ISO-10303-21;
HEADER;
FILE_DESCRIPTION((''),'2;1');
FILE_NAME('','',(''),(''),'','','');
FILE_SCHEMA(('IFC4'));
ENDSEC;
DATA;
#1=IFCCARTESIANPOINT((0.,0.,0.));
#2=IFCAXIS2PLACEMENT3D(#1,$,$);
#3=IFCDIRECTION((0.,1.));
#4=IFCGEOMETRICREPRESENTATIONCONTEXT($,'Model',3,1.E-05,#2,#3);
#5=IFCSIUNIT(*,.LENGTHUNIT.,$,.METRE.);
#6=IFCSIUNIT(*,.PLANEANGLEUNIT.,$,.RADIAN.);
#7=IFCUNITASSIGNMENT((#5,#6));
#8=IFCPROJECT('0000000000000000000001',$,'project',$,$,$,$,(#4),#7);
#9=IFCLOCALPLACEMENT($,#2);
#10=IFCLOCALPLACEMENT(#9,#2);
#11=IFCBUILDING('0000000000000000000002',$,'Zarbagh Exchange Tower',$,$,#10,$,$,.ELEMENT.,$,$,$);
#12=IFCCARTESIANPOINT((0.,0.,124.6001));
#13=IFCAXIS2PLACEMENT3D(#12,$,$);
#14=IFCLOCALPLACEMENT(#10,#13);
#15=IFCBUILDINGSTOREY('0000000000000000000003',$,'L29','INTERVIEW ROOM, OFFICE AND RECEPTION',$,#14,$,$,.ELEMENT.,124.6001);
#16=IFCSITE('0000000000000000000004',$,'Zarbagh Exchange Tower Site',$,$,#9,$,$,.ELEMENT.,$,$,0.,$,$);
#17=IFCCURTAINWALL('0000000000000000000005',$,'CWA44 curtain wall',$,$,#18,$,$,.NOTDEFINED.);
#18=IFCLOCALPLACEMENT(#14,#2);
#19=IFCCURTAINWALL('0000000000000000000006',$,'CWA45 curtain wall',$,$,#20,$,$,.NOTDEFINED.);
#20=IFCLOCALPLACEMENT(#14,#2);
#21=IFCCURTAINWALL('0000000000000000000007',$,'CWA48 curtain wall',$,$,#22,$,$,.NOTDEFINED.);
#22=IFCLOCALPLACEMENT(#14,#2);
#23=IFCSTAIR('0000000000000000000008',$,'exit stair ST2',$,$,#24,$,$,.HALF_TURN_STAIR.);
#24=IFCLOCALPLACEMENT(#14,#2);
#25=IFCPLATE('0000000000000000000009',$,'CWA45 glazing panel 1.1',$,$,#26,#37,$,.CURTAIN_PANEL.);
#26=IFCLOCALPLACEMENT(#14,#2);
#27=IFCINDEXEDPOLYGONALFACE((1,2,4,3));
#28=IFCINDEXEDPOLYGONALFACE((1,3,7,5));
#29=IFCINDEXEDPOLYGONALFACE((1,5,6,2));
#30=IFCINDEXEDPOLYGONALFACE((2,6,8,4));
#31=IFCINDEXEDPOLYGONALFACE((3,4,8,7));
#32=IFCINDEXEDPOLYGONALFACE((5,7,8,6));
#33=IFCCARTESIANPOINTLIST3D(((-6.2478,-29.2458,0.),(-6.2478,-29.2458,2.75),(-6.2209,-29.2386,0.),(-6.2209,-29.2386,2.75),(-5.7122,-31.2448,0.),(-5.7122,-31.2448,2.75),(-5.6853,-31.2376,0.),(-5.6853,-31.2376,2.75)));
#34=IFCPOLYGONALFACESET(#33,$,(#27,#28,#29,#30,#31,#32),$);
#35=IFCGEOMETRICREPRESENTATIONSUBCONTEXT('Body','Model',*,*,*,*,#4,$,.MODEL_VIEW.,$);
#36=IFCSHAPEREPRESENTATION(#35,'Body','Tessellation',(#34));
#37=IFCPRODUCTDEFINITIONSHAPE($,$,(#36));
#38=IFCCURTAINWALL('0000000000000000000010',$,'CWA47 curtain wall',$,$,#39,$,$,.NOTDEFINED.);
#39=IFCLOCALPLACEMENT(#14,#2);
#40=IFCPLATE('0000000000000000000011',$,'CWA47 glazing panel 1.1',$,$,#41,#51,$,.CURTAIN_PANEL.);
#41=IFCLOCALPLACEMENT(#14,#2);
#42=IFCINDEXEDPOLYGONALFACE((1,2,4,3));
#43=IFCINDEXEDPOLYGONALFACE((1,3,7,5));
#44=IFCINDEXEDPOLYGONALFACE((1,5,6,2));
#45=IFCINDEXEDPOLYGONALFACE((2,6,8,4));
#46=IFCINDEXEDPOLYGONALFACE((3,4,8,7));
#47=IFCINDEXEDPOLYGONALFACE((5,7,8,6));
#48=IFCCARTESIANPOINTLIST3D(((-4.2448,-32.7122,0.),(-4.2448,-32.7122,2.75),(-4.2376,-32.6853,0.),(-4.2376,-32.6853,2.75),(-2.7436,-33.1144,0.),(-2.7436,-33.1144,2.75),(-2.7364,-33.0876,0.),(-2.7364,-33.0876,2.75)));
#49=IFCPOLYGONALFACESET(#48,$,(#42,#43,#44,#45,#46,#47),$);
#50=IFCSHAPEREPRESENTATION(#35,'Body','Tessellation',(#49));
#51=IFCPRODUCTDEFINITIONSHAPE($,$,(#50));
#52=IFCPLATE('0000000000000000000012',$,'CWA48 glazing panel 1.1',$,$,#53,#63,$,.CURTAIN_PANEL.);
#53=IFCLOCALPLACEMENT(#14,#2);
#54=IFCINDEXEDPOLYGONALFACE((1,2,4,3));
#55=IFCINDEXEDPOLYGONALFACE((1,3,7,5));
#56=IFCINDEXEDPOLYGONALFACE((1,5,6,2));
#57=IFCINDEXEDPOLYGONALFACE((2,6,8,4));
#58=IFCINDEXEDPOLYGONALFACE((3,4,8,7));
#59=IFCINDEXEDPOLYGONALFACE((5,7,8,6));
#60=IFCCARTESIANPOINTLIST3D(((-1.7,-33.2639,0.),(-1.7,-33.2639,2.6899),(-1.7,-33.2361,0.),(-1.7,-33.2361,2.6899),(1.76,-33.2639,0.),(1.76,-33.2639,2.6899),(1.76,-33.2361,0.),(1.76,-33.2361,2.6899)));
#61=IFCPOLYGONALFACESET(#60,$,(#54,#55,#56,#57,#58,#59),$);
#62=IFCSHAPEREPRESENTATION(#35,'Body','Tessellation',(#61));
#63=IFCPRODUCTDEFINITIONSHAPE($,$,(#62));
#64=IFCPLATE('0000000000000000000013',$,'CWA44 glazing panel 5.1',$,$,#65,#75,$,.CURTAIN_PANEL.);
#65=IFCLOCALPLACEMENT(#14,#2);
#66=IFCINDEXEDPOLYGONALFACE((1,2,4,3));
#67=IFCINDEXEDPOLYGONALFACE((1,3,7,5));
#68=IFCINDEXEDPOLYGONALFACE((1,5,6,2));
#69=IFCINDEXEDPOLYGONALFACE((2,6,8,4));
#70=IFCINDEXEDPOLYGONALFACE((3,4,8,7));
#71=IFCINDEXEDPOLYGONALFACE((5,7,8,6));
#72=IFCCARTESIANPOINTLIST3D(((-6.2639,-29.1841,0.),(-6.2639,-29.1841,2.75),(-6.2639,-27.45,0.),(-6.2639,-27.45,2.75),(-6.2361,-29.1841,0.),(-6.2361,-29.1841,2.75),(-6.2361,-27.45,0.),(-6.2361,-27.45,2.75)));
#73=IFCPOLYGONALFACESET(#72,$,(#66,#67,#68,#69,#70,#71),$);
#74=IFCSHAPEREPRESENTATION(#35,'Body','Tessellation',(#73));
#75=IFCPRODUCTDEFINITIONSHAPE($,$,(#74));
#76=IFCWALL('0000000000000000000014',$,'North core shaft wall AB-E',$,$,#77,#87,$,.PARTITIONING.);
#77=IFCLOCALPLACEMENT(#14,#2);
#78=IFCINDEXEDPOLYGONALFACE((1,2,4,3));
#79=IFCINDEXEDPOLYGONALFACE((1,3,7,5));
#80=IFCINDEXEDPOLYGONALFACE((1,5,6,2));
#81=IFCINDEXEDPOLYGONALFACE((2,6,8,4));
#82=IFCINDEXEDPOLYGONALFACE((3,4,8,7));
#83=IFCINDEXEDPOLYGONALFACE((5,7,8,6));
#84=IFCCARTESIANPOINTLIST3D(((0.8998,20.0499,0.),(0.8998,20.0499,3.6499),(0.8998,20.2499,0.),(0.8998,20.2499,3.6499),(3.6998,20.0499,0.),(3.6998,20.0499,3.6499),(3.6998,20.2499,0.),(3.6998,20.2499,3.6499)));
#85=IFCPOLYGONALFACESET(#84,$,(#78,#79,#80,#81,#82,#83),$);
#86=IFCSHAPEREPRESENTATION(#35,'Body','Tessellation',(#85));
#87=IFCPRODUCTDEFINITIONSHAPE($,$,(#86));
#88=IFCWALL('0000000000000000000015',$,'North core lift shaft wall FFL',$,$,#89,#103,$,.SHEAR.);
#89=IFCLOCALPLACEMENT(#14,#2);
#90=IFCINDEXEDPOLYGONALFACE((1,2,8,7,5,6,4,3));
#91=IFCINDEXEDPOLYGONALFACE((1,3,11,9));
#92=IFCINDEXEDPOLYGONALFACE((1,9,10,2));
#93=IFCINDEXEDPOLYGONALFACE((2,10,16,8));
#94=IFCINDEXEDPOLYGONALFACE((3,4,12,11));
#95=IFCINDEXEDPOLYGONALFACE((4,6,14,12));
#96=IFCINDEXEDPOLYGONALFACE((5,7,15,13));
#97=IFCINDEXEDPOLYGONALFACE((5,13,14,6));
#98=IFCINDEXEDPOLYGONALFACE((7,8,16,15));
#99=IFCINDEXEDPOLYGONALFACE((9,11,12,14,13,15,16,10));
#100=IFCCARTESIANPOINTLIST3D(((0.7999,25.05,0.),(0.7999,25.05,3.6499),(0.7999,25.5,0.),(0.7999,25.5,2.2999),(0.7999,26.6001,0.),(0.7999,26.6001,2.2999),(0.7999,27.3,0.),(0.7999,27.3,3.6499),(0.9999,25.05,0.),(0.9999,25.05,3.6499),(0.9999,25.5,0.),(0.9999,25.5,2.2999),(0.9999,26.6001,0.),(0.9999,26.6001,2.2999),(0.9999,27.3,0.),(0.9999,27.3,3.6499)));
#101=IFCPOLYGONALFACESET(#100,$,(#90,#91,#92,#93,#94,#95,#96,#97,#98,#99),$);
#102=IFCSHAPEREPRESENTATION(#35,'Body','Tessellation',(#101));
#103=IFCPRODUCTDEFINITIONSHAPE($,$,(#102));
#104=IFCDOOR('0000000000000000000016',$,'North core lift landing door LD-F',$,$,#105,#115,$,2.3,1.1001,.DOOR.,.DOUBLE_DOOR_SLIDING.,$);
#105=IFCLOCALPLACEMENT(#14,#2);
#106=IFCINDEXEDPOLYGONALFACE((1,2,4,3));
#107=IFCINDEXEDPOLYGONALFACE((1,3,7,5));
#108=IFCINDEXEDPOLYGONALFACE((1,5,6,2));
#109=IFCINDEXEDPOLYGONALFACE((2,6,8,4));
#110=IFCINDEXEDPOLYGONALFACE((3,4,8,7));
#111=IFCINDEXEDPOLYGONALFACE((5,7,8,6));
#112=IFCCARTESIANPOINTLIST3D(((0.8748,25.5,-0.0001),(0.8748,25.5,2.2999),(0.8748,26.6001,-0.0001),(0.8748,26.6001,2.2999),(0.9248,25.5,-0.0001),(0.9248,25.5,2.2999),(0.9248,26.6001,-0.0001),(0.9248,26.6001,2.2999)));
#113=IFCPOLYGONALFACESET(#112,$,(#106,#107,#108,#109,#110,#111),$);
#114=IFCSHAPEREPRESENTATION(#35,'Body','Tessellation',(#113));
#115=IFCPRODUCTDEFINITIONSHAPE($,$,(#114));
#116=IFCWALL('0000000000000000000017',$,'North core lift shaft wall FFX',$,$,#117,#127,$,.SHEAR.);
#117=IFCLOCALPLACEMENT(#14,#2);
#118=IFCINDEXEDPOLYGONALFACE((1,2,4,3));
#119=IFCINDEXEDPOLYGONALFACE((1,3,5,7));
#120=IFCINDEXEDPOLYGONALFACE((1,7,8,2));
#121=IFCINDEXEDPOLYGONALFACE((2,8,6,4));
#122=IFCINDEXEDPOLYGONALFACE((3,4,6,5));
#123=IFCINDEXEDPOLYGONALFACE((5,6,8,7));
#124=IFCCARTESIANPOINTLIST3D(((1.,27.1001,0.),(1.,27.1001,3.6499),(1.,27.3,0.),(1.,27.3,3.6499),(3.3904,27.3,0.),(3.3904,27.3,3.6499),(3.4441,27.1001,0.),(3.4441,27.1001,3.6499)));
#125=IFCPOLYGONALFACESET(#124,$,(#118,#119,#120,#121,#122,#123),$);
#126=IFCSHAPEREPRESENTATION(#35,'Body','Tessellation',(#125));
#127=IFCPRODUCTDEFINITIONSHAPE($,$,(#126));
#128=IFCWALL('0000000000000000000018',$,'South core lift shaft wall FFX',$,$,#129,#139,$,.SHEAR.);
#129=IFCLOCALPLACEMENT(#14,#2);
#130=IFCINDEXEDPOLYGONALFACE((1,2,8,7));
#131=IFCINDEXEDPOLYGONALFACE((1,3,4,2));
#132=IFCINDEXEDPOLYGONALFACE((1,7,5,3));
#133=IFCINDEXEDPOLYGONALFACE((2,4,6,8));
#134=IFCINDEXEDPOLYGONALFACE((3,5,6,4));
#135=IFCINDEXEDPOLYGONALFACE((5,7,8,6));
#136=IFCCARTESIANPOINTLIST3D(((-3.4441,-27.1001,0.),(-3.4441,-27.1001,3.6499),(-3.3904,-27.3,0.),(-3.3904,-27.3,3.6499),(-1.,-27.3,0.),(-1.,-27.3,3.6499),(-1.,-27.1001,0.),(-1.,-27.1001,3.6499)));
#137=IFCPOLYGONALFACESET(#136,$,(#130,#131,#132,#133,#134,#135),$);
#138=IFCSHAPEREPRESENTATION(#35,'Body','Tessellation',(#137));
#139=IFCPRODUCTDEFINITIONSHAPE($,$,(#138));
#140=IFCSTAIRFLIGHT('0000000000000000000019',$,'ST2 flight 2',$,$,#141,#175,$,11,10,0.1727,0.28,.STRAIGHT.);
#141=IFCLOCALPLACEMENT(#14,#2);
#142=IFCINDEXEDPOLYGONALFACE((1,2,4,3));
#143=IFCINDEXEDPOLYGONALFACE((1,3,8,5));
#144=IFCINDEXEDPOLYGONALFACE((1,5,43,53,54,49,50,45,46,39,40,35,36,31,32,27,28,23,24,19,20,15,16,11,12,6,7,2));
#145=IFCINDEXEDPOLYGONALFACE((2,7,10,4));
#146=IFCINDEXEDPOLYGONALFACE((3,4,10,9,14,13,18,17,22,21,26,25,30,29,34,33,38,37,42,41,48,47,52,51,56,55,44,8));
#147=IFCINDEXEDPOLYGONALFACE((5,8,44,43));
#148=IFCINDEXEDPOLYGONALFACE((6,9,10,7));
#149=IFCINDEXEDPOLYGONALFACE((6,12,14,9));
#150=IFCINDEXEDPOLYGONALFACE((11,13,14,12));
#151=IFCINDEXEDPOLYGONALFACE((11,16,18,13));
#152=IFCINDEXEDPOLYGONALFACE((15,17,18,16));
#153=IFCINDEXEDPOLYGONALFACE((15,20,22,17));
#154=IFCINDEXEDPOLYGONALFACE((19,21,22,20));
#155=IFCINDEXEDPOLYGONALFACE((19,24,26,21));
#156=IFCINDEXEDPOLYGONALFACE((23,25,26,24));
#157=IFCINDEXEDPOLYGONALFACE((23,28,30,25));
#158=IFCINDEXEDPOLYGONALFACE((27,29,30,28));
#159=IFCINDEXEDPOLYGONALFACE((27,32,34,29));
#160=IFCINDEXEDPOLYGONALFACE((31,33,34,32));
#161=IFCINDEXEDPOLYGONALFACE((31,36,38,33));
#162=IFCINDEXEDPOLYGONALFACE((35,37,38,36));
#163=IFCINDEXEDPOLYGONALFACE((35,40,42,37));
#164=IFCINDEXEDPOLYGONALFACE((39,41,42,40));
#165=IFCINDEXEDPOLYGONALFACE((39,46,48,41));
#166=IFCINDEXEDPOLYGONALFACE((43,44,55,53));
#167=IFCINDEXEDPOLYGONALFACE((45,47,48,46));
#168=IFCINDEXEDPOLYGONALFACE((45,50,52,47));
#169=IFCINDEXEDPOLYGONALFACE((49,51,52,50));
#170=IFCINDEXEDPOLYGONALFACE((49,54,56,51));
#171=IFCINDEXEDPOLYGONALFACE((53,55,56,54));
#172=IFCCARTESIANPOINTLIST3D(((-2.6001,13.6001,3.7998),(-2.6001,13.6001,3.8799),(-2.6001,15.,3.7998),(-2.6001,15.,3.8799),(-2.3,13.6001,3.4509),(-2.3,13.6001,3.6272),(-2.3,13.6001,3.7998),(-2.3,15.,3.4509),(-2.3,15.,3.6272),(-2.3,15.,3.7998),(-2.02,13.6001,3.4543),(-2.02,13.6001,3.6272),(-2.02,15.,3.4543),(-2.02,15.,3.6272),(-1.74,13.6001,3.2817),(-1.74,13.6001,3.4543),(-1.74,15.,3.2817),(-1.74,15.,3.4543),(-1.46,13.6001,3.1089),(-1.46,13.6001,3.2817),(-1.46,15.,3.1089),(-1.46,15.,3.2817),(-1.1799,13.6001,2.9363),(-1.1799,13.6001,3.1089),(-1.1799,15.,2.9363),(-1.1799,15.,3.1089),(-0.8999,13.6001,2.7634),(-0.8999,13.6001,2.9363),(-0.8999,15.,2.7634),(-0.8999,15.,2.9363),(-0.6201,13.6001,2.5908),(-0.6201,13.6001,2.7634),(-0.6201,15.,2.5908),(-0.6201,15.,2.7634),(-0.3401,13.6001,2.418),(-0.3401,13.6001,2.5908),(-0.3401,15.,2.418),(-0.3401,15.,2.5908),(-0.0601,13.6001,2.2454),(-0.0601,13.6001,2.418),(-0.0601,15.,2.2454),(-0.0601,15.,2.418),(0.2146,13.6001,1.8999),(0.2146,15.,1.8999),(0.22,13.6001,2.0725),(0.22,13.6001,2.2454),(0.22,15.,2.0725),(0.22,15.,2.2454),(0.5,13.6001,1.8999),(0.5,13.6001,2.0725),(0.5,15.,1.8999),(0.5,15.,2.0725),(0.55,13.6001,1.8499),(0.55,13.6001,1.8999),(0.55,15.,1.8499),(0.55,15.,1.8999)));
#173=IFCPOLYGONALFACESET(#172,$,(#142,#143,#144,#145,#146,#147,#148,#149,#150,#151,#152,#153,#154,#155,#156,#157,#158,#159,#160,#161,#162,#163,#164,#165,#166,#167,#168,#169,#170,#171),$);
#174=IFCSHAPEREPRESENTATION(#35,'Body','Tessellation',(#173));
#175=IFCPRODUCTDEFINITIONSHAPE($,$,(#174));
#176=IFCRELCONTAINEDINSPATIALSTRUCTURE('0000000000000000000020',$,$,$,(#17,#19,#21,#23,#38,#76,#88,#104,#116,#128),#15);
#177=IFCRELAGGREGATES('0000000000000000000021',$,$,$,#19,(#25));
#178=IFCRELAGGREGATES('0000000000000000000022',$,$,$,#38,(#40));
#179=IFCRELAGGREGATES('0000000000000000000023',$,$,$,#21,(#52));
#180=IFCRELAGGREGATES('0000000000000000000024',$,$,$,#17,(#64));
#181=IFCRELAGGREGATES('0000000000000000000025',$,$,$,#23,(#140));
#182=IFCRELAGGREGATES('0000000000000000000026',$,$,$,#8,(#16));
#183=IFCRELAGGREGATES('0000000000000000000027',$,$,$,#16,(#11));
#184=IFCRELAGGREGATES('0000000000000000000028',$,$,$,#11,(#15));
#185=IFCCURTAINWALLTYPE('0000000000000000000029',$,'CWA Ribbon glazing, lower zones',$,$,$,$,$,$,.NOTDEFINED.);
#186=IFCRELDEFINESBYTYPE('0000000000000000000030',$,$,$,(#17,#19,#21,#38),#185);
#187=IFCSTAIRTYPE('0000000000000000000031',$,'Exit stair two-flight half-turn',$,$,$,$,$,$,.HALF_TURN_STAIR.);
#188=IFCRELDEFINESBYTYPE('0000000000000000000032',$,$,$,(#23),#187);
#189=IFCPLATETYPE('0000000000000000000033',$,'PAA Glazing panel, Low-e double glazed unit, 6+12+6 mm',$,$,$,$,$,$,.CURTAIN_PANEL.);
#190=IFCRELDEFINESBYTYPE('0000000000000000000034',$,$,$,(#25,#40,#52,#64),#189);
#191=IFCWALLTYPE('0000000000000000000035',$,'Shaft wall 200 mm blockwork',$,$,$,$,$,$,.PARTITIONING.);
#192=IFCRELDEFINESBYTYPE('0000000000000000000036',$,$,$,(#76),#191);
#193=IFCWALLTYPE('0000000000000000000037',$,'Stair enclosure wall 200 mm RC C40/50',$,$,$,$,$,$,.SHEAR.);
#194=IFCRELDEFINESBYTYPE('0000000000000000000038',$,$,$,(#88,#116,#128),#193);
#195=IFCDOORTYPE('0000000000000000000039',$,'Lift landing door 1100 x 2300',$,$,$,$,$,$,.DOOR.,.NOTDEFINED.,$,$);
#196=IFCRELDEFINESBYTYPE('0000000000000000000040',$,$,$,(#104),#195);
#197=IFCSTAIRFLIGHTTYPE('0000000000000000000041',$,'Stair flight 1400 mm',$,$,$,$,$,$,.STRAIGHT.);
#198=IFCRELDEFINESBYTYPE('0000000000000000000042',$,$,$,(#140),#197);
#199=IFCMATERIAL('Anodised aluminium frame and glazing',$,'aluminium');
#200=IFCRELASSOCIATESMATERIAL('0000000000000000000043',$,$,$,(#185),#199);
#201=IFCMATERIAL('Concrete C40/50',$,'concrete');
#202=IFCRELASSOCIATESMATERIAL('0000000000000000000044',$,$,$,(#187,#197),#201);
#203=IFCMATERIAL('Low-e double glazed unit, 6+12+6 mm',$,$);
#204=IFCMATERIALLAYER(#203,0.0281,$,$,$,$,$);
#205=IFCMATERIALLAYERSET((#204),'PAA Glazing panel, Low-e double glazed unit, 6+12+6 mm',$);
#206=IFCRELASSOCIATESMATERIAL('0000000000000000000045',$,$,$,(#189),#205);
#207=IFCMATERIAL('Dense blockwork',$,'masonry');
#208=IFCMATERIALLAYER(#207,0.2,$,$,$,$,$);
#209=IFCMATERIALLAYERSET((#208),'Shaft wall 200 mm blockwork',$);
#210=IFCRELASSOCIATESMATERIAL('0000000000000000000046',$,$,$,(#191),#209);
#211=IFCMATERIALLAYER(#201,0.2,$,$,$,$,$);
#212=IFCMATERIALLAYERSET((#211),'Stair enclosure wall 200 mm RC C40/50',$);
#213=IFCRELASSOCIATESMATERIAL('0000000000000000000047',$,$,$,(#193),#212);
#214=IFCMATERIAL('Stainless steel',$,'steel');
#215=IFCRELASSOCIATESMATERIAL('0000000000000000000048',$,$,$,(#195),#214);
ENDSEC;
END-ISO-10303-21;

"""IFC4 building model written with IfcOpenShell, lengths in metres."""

from ifc_helpers import new_model, si_unit, direction, frame, frame_2d, origin, place, context, subcontext, project, spatial, polyline, rectangle, outline, extrude, source, transform, mapped, material, layer, layer_set, type_object, element, fill, aggregate, save


model = new_model("IFC4")

# Units and contexts
model_context = context("Model", 3, precision=1e-05, world=origin(), true_north=direction((0.0, 1.0)))
body_context = subcontext(model_context, "Body", "Model", "MODEL_VIEW")
ifc_project = project(units=[si_unit("LENGTHUNIT", "METRE"), si_unit("PLANEANGLEUNIT", "RADIAN")], contexts=[model_context])

# Site, building, storey
site_placement = place(None, origin())
site = spatial("IfcSite", under=ifc_project, at=site_placement, Name="Zarbagh Exchange Tower Site", CompositionType="ELEMENT", RefElevation=0.0)
building_placement = place(site_placement, origin())
building = spatial("IfcBuilding", under=site, at=building_placement, Name="Zarbagh Exchange Tower", CompositionType="ELEMENT")
storey_placement = place(building_placement, frame((0.0, 0.0, 124.6001)))
storey = spatial("IfcBuildingStorey", under=building, at=storey_placement, Name="L29", Description="INTERVIEW ROOM, OFFICE AND RECEPTION", CompositionType="ELEMENT", Elevation=124.6001)

# Curtain wall
ifc_material_1 = material(Name="Anodised aluminium frame and glazing", Category="aluminium")
curtain_wall_type = type_object("IfcCurtainWallType", Name="CWA Ribbon glazing, lower zones", PredefinedType="NOTDEFINED", material=ifc_material_1)
curtain_wall_1_placement = place(storey_placement, origin())
curtain_wall_1 = element("IfcCurtainWall", 1, at=curtain_wall_1_placement, inside=storey, type_object=curtain_wall_type, Name="CWA44 curtain wall", PredefinedType="NOTDEFINED")
placement = place(storey_placement, origin())

# Curtain wall
curtain_wall_2_placement = place(storey_placement, origin())
curtain_wall_2 = element("IfcCurtainWall", 2, at=curtain_wall_2_placement, inside=storey, type_object=curtain_wall_type, Name="CWA45 curtain wall", PredefinedType="NOTDEFINED")

# Curtain wall
curtain_wall_3_placement = place(storey_placement, origin())
curtain_wall_3 = element("IfcCurtainWall", 3, at=curtain_wall_3_placement, inside=storey, type_object=curtain_wall_type, Name="CWA48 curtain wall", PredefinedType="NOTDEFINED")

# Stair
ifc_material_2 = material(Name="Concrete C40/50", Category="concrete")
stair_type = type_object("IfcStairType", Name="Exit stair two-flight half-turn", PredefinedType="HALF_TURN_STAIR", material=ifc_material_2)
stair_1_placement = place(storey_placement, origin())
stair_1 = element("IfcStair", 4, at=stair_1_placement, inside=storey, type_object=stair_type, Name="exit stair ST2", PredefinedType="HALF_TURN_STAIR")

# Shared definitions
ifc_material_3 = material(Name="Low-e double glazed unit, 6+12+6 mm")
ifc_layer_1 = layer(ifc_material_3, 0.0281)
ifc_layer_set_1 = layer_set([ifc_layer_1], Name="PAA Glazing panel, Low-e double glazed unit, 6+12+6 mm")
plate_type = type_object("IfcPlateType", Name="PAA Glazing panel, Low-e double glazed unit, 6+12+6 mm", PredefinedType="CURTAIN_PANEL", material=ifc_layer_set_1)

# Plate
shared_shape_1 = source(origin(), body_context, "Body", "SweptSolid", [
    extrude(outline(polyline([(0.0, -0.0139), (2.0696, -0.0139), (2.0696, 0.0139), (0.0, 0.0139), (0.0, -0.0139)])), origin(), (0.0, 0.0, 1.0), 2.75),
])
plate_1 = element("IfcPlate", 5, at=placement, type_object=plate_type, Name="CWA45 glazing panel 1.1", PredefinedType="CURTAIN_PANEL", context=body_context, shape_type="MappedRepresentation", body=[
    mapped(shared_shape_1, transform((-6.2344, -29.2422, 0.0), x_axis=(0.258825, -0.965924, 0.0), y_axis=(0.965924, 0.258825, 0.0), z_axis=(0.0, 0.0, 1.0))),
])
aggregate(curtain_wall_2, [plate_1])

# Curtain wall, plate
curtain_wall_4_placement = place(storey_placement, origin())
curtain_wall_4 = element("IfcCurtainWall", 6, at=curtain_wall_4_placement, inside=storey, type_object=curtain_wall_type, Name="CWA47 curtain wall", PredefinedType="NOTDEFINED")
shared_shape_2 = source(origin(), body_context, "Body", "SweptSolid", [
    extrude(outline(polyline([(0.0, -0.0139), (1.5542, -0.0139), (1.5542, 0.0139), (0.0, 0.0139), (0.0, -0.0139)])), origin(), (0.0, 0.0, 1.0), 2.75),
])
plate_2 = element("IfcPlate", 7, at=placement, type_object=plate_type, Name="CWA47 glazing panel 1.1", PredefinedType="CURTAIN_PANEL", context=body_context, shape_type="MappedRepresentation", body=[
    mapped(shared_shape_2, transform((-4.2412, -32.6987, 0.0), x_axis=(0.965924, -0.258825, 0.0), y_axis=(0.258825, 0.965924, 0.0), z_axis=(0.0, 0.0, 1.0))),
])
aggregate(curtain_wall_4, [plate_2])

# Plates
shared_shape_3 = source(origin(), body_context, "Body", "SweptSolid", [
    extrude(outline(polyline([(0.0, -0.0139), (3.46, -0.0139), (3.46, 0.0139), (0.0, 0.0139), (0.0, -0.0139)])), origin(), (0.0, 0.0, 1.0), 2.6899),
])
plate_3 = element("IfcPlate", 8, at=placement, type_object=plate_type, Name="CWA48 glazing panel 1.1", PredefinedType="CURTAIN_PANEL", context=body_context, shape_type="MappedRepresentation", body=[
    mapped(shared_shape_3, transform((-1.7, -33.25, 0.0), x_axis=(1.0, 0.0, 0.0), y_axis=(0.0, 1.0, 0.0), z_axis=(0.0, 0.0, 1.0))),
])
aggregate(curtain_wall_3, [plate_3])
shared_shape_4 = source(origin(), body_context, "Body", "SweptSolid", [
    extrude(outline(polyline([(0.0, -0.0139), (1.7341, -0.0139), (1.7341, 0.0139), (0.0, 0.0139), (0.0, -0.0139)])), origin(), (0.0, 0.0, 1.0), 2.75),
])
plate_4 = element("IfcPlate", 9, at=placement, type_object=plate_type, Name="CWA44 glazing panel 5.1", PredefinedType="CURTAIN_PANEL", context=body_context, shape_type="MappedRepresentation", body=[
    mapped(shared_shape_4, transform((-6.25, -27.45, 0.0), x_axis=(0.0, -1.0, 0.0), y_axis=(1.0, 0.0, 0.0), z_axis=(0.0, 0.0, 1.0))),
])
aggregate(curtain_wall_1, [plate_4])

# Wall
ifc_material_4 = material(Name="Dense blockwork", Category="masonry")
ifc_layer_2 = layer(ifc_material_4, 0.2)
ifc_layer_set_2 = layer_set([ifc_layer_2], Name="Shaft wall 200 mm blockwork")
wall_type_1 = type_object("IfcWallType", Name="Shaft wall 200 mm blockwork", PredefinedType="PARTITIONING", material=ifc_layer_set_2)
wall_1_placement = place(storey_placement, frame((0.8999, 20.1499, 0.0), z_axis=(0.0, 0.0, 1.0), x_axis=(1.0, 0.0, 0.0)))
element("IfcWall", 10, at=wall_1_placement, inside=storey, type_object=wall_type_1, Name="North core shaft wall AB-E", PredefinedType="PARTITIONING", context=body_context, shape_type="SweptSolid", body=[
    extrude(rectangle(XDim=2.8, YDim=0.2, at=frame_2d((1.3999, 0.0))), origin(), (0.0, 0.0, 1.0), 3.6499),
])

# Wall, opening, door
ifc_layer_3 = layer(ifc_material_2, 0.2)
ifc_layer_set_3 = layer_set([ifc_layer_3], Name="Stair enclosure wall 200 mm RC C40/50")
wall_type_2 = type_object("IfcWallType", Name="Stair enclosure wall 200 mm RC C40/50", PredefinedType="SHEAR", material=ifc_layer_set_3)
wall_2_placement = place(storey_placement, frame((0.8999, 27.3, 0.0), z_axis=(0.0, 0.0, 1.0), x_axis=(0.0, -1.0, 0.0)))
wall_2 = element("IfcWall", 11, at=wall_2_placement, inside=storey, type_object=wall_type_2, Name="North core lift shaft wall FFL", PredefinedType="SHEAR", context=body_context, shape_type="SweptSolid", body=[
    extrude(rectangle(XDim=2.25, YDim=0.2, at=frame_2d((1.125, 0.0))), origin(), (0.0, 0.0, 1.0), 3.6499),
])
opening_placement = place(wall_2_placement, frame((0.7, 0.0, 0.0)))
opening = element("IfcOpeningElement", 12, at=opening_placement, cuts=wall_2, PredefinedType="OPENING", context=body_context, shape_type="SweptSolid", body=[
    extrude(rectangle(XDim=1.1001, YDim=2.3, at=frame_2d((0.55, 1.1499))), frame((0.0, 0.1099, 0.0), z_axis=(0.0, -1.0, 0.0), x_axis=(1.0, 0.0, 0.0)), (0.0, 0.0, 1.0), 0.22),
])
ifc_material_5 = material(Name="Stainless steel", Category="steel")
door_type = type_object("IfcDoorType", Name="Lift landing door 1100 x 2300", OperationType="NOTDEFINED", PredefinedType="DOOR", material=ifc_material_5)
door_placement = place(opening_placement, origin())
door = element("IfcDoor", 13, at=door_placement, inside=storey, type_object=door_type, Name="North core lift landing door LD-F", OperationType="DOUBLE_DOOR_SLIDING", OverallHeight=2.3, OverallWidth=1.1001, PredefinedType="DOOR", context=body_context, shape_type="SweptSolid", body=[
    extrude(rectangle(XDim=1.1001, YDim=2.3, at=frame_2d((0.55, 1.1499))), frame((0.0, 0.0249, 0.0), z_axis=(0.0, -1.0, 0.0), x_axis=(1.0, 0.0, 0.0)), (0.0, 0.0, 1.0), 0.05),
])
fill(opening, door)

# Walls
wall_3_placement = place(storey_placement, origin())
element("IfcWall", 14, at=wall_3_placement, inside=storey, type_object=wall_type_2, Name="North core lift shaft wall FFX", PredefinedType="SHEAR", context=body_context, shape_type="SweptSolid", body=[
    extrude(outline(polyline([(1.0, 27.1001), (3.4441, 27.1001), (3.3904, 27.3), (1.0, 27.3), (1.0, 27.1001)])), origin(), (0.0, 0.0, 1.0), 3.6499),
])
wall_4_placement = place(storey_placement, origin())
element("IfcWall", 15, at=wall_4_placement, inside=storey, type_object=wall_type_2, Name="South core lift shaft wall FFX", PredefinedType="SHEAR", context=body_context, shape_type="SweptSolid", body=[
    extrude(outline(polyline([(-1.0, -27.1001), (-3.4441, -27.1001), (-3.3904, -27.3), (-1.0, -27.3), (-1.0, -27.1001)])), origin(), (0.0, 0.0, 1.0), 3.6499),
])

# Stair flight
stair_flight_type = type_object("IfcStairFlightType", Name="Stair flight 1400 mm", PredefinedType="STRAIGHT", material=ifc_material_2)
stair_flight_placement = place(storey_placement, frame((0.5, 14.3, 1.8999), z_axis=(0.0, 0.0, 1.0), x_axis=(-1.0, 0.0, 0.0)))
stair_flight = element("IfcStairFlight", 16, at=stair_flight_placement, type_object=stair_flight_type, Name="ST2 flight 2", NumberOfRisers=11, NumberOfTreads=10, PredefinedType="STRAIGHT", RiserHeight=0.1727, TreadLength=0.28, context=body_context, shape_type="SweptSolid", body=[
    extrude(outline(polyline([(-0.05, -0.05), (-0.05, 0.0), (0.0, 0.0), (0.0, 0.1726), (0.28, 0.1726), (0.28, 0.3455), (0.5601, 0.3455), (0.5601, 0.5181), (0.8401, 0.5181), (0.8401, 0.6909), (1.1201, 0.6909), (1.1201, 0.8635), (1.3999, 0.8635), (1.3999, 1.0364), (1.6799, 1.0364), (1.6799, 1.209), (1.96, 1.209), (1.96, 1.3818), (2.24, 1.3818), (2.24, 1.5544), (2.52, 1.5544), (2.52, 1.7273), (2.8, 1.7273), (2.8, 1.8999), (3.1001, 1.98), (3.1001, 1.8999), (2.8, 1.551), (0.2854, 0.0), (-0.05, -0.05)])), frame((0.0, 0.7, 0.0), z_axis=(0.0, -1.0, 0.0), x_axis=(1.0, 0.0, 0.0)), (0.0, 0.0, 1.0), 1.3999),
])
aggregate(stair_1, [stair_flight])

save(model, "model.ifc")
